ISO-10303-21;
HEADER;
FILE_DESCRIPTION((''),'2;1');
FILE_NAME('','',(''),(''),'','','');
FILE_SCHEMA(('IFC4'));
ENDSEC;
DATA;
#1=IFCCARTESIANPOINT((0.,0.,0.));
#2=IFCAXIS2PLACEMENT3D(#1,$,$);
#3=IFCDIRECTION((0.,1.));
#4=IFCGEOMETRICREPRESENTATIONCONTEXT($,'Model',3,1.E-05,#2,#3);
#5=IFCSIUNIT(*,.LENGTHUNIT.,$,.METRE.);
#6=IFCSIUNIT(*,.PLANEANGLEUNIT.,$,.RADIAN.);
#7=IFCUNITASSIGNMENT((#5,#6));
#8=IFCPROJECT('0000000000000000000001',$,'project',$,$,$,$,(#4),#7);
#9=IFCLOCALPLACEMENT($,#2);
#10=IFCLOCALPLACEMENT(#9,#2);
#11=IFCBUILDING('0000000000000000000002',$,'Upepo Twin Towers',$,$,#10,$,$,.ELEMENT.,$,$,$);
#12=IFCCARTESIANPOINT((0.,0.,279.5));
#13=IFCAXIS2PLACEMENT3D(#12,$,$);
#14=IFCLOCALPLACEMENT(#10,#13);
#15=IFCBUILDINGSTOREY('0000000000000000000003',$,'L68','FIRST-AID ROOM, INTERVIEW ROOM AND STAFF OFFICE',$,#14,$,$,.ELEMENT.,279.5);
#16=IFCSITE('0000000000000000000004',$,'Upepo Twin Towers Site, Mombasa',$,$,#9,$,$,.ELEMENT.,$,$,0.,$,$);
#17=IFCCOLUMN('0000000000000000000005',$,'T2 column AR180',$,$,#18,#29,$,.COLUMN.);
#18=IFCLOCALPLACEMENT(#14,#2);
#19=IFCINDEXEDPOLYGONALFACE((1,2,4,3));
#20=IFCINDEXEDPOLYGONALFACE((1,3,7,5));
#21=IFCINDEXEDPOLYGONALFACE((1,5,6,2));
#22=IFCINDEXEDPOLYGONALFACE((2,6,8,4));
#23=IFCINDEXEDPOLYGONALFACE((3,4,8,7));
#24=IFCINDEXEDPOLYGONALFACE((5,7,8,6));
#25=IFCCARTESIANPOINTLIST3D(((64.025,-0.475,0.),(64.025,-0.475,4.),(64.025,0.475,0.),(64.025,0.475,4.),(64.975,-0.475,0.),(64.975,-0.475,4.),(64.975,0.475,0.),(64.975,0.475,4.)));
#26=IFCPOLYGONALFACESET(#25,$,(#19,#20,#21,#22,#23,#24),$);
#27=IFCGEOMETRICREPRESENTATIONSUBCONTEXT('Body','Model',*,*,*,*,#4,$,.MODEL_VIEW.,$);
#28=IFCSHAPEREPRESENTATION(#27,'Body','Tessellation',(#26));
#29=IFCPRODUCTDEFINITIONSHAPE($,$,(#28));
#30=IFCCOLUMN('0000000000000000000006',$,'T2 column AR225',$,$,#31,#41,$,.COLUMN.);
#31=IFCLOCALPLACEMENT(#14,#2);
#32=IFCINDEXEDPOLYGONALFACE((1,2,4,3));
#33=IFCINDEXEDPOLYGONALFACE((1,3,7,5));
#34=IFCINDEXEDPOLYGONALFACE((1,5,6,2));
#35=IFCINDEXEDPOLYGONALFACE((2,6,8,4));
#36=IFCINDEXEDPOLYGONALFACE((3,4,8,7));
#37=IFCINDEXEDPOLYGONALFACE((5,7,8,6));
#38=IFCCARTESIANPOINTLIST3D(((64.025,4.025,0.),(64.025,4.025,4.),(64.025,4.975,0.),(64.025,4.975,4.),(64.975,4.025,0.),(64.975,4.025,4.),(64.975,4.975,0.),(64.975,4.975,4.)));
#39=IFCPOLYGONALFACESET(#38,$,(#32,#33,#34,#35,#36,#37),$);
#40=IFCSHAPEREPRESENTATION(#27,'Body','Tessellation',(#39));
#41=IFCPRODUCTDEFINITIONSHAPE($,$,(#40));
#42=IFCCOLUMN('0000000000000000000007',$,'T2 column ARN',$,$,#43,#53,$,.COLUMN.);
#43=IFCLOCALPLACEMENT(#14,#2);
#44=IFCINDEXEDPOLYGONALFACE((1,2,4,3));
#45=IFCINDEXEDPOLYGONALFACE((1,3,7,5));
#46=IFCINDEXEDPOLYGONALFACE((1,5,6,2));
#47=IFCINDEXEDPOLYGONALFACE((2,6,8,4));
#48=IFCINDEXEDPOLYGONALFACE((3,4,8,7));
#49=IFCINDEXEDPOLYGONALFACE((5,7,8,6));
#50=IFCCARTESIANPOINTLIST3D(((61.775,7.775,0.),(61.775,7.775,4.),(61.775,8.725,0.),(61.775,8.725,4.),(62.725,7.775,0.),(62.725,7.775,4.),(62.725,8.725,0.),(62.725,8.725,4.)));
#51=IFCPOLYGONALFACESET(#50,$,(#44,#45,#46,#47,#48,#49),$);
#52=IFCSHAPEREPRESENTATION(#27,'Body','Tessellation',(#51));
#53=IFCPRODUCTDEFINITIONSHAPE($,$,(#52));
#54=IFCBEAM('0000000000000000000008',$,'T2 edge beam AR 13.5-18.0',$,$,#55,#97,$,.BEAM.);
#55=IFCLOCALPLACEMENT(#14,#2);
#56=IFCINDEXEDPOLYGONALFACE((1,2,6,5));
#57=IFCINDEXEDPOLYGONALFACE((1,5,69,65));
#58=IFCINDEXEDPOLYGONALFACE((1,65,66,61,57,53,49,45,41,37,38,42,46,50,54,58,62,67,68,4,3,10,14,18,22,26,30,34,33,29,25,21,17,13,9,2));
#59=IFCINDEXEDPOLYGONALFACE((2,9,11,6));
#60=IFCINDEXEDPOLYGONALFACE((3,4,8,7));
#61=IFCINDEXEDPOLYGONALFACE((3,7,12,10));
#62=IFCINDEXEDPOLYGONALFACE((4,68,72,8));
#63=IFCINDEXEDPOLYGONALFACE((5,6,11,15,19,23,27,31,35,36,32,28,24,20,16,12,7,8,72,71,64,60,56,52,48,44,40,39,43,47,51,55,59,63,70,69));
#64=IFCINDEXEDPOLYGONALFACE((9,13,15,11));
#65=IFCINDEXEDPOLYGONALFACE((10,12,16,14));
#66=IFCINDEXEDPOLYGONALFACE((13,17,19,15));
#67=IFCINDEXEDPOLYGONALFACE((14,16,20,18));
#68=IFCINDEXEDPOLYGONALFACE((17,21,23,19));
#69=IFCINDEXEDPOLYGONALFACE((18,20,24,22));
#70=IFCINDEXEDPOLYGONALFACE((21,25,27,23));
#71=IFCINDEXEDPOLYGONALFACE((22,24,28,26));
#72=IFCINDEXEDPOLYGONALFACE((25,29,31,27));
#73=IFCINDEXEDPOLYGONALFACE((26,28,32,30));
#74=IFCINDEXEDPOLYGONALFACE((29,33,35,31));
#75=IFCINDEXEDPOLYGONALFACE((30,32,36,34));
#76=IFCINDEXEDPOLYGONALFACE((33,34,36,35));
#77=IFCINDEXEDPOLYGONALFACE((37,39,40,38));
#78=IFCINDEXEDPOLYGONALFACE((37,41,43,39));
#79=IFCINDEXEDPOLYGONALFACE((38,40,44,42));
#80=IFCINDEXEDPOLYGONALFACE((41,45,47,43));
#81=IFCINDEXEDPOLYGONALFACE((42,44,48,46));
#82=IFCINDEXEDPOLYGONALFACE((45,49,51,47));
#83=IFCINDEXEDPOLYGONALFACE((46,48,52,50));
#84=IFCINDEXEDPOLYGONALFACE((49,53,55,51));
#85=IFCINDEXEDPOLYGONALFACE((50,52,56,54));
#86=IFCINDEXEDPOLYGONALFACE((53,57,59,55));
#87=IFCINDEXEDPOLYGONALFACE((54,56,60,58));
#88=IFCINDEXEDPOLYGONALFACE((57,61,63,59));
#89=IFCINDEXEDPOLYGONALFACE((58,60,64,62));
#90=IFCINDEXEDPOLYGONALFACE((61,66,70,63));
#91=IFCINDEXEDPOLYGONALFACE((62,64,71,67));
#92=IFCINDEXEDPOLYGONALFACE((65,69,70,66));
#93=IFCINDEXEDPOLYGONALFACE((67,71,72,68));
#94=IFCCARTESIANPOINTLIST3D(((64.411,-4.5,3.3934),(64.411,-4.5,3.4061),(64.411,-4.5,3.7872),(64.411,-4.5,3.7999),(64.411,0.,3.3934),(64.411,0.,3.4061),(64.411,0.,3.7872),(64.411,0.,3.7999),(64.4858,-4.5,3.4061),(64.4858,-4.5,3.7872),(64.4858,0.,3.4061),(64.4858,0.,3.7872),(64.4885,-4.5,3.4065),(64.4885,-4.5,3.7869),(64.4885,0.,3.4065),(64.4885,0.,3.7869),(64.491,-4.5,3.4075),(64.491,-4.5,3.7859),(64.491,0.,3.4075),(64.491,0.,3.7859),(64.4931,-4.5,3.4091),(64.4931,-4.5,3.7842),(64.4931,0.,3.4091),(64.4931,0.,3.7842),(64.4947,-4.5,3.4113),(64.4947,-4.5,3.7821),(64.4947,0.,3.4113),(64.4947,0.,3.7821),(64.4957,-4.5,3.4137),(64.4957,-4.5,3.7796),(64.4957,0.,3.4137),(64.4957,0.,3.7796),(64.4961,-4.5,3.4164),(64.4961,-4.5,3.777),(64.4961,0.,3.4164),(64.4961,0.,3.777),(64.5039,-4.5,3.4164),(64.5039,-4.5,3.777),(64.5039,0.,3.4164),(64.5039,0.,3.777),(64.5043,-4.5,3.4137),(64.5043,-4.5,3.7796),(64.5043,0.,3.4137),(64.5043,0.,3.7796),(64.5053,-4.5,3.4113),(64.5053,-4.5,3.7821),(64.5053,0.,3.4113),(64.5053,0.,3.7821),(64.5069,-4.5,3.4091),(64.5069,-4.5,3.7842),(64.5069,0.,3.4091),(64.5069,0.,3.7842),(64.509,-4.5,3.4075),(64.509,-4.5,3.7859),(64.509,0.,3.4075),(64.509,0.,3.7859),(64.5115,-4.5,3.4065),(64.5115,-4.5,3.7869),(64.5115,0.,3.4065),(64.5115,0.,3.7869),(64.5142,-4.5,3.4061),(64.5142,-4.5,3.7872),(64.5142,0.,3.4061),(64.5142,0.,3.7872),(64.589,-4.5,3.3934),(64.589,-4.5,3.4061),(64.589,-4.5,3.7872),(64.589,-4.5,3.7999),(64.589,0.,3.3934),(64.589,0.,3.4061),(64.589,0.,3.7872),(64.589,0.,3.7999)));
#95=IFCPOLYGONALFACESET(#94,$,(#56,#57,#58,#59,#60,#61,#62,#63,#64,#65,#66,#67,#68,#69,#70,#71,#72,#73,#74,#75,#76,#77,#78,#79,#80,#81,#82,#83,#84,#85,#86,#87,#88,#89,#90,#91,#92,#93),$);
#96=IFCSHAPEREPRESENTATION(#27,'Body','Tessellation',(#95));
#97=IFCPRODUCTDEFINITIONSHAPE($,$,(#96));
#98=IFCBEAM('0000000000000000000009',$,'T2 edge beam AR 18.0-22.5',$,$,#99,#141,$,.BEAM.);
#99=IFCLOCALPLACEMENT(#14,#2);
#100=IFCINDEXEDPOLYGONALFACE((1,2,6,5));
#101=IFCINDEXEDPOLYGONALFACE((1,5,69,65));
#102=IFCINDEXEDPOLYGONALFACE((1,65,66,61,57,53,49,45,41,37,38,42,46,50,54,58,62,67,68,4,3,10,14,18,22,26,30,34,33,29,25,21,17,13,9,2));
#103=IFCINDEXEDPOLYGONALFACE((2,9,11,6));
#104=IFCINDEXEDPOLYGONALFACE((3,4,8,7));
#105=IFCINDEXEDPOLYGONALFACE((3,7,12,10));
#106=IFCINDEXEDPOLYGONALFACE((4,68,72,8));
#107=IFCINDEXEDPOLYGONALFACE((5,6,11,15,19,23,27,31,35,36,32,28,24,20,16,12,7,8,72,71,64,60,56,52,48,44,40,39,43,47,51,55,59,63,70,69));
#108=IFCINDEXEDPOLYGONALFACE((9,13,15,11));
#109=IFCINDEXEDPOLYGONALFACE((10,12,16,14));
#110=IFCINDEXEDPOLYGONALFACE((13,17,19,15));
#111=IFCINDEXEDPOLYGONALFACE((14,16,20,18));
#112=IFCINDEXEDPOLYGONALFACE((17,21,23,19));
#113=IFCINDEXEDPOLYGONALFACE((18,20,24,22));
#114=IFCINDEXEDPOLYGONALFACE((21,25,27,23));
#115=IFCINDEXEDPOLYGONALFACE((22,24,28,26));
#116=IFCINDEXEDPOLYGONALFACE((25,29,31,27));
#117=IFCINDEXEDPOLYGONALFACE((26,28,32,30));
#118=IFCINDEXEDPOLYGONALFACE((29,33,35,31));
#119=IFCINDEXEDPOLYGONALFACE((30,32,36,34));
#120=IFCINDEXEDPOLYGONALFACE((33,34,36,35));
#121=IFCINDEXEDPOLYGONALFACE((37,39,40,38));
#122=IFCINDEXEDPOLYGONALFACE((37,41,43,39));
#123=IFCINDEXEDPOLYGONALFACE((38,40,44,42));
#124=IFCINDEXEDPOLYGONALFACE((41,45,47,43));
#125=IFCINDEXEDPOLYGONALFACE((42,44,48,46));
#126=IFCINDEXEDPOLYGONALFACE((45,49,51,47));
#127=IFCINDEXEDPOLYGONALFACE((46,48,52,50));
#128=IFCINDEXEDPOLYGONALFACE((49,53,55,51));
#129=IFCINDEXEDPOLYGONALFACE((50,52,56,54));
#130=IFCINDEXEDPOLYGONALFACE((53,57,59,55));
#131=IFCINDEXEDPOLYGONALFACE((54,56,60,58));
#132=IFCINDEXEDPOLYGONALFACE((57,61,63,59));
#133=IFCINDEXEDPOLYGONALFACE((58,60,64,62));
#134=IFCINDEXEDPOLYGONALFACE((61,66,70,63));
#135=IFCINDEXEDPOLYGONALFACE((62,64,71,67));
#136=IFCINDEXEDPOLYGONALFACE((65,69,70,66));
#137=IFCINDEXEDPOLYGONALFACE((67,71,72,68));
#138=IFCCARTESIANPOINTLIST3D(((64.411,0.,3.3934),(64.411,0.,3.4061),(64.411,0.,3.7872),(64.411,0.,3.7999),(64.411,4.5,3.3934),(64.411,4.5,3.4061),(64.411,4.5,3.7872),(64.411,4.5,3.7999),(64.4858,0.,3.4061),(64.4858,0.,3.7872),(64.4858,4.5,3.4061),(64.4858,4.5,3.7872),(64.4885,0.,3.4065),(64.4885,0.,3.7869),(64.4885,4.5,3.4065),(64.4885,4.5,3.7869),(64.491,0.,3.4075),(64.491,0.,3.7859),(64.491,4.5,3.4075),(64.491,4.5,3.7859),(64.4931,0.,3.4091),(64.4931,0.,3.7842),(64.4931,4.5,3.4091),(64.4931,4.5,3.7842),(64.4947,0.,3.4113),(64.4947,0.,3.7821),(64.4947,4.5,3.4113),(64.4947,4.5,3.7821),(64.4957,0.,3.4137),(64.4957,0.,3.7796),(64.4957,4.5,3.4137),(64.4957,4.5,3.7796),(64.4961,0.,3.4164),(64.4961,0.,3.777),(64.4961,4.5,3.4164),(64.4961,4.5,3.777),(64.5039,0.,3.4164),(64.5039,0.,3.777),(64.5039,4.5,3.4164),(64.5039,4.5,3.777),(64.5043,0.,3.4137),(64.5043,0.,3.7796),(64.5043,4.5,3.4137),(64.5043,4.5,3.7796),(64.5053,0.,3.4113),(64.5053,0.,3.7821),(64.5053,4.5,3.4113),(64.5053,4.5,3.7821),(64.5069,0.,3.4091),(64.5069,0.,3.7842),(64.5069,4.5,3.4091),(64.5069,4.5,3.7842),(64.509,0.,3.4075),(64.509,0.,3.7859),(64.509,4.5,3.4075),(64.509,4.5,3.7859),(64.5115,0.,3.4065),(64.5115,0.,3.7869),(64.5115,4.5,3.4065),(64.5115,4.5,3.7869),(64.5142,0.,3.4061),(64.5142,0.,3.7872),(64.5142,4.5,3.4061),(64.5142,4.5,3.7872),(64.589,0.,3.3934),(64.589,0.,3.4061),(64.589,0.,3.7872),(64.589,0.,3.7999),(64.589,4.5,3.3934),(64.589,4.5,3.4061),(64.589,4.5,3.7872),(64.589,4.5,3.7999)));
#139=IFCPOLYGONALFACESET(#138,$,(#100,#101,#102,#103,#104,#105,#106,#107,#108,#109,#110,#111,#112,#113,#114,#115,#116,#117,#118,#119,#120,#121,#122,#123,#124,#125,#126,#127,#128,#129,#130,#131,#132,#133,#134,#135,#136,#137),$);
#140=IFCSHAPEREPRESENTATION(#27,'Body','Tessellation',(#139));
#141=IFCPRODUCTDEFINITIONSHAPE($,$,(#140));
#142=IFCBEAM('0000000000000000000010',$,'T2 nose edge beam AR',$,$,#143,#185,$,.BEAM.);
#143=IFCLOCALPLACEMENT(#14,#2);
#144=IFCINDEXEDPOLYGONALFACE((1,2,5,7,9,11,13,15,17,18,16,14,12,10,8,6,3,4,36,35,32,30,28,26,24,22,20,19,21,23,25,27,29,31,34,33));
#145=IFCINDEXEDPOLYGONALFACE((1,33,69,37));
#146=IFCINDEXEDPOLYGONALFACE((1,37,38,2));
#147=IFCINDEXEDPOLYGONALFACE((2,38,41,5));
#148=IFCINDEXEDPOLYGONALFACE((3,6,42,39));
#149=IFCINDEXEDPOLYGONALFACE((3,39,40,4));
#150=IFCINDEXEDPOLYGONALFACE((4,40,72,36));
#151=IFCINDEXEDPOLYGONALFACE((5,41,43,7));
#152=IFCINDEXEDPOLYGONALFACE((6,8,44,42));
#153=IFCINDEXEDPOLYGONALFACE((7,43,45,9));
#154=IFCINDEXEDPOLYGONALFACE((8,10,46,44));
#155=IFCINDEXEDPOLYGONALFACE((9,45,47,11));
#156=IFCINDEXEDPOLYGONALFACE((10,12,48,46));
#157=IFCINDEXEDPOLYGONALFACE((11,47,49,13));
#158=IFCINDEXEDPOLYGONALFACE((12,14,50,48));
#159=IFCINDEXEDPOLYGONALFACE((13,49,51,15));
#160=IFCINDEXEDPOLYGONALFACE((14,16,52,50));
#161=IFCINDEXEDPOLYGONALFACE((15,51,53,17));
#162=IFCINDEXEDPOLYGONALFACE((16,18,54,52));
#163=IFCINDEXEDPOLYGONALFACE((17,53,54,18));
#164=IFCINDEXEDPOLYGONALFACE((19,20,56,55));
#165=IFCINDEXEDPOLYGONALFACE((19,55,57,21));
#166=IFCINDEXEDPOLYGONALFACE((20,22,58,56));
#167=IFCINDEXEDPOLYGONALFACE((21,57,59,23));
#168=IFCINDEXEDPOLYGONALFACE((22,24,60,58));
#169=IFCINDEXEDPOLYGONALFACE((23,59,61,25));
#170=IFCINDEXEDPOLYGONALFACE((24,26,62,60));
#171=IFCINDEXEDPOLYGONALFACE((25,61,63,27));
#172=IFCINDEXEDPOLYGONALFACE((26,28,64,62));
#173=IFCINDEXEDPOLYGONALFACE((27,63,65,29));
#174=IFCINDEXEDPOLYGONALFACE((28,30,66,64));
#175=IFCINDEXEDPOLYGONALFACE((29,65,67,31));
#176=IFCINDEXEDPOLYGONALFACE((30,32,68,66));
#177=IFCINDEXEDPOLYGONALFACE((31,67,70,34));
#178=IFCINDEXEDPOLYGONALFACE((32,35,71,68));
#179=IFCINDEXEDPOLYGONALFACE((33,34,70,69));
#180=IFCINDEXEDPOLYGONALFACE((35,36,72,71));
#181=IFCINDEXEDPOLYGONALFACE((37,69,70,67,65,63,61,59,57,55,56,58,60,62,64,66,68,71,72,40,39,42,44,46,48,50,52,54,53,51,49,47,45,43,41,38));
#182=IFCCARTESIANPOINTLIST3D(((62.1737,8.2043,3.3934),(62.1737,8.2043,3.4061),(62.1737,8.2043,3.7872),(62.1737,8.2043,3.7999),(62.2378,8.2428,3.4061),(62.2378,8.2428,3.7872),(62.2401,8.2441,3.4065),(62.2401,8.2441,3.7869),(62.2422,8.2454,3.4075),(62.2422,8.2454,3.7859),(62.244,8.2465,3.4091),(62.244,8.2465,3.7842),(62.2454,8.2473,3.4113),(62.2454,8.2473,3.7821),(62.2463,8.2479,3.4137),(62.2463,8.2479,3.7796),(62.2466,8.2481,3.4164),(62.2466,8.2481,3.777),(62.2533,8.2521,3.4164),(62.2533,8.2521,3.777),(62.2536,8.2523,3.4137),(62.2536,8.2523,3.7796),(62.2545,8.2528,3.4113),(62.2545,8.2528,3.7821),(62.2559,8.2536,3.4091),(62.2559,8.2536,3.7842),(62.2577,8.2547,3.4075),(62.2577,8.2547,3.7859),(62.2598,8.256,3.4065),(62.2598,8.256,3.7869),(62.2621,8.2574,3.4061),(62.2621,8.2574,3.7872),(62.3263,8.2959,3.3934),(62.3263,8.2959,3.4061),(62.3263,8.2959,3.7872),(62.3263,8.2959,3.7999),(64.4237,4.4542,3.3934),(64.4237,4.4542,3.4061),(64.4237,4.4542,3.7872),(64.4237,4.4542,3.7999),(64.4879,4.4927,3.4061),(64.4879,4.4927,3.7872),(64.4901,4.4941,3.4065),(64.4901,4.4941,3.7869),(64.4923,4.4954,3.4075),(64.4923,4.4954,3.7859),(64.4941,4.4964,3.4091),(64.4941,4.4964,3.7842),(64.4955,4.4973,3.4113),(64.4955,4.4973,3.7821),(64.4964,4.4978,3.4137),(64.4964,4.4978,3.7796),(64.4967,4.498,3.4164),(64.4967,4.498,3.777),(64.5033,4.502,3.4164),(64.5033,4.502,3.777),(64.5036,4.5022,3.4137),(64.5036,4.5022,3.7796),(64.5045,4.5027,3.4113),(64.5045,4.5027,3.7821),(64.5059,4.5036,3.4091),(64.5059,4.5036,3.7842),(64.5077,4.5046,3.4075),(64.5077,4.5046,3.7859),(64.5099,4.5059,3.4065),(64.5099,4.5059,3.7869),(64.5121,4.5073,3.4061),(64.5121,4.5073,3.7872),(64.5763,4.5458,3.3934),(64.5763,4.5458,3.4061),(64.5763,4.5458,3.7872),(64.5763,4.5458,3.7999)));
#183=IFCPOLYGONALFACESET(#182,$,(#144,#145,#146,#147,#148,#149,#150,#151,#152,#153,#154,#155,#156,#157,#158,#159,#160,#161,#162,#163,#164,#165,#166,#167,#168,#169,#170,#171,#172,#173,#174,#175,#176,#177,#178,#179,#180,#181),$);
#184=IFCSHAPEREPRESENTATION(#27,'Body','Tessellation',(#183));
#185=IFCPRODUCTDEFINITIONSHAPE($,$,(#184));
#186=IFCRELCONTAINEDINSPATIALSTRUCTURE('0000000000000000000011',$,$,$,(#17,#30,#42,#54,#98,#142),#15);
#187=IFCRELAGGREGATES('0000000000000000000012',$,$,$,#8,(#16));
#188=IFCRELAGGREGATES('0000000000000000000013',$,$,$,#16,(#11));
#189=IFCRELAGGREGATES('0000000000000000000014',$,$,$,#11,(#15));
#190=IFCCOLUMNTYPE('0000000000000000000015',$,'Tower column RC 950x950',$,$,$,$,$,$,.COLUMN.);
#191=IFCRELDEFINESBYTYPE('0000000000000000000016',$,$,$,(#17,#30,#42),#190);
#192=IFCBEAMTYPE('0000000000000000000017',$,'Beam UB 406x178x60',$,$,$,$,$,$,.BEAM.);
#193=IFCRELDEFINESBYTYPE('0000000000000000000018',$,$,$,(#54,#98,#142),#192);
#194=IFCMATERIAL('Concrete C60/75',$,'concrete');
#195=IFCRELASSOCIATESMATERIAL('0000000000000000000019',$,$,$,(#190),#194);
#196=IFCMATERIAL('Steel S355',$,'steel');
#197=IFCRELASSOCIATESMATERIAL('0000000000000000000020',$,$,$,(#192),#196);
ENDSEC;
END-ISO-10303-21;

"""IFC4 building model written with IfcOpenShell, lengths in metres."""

from ifc_helpers import new_model, si_unit, direction, frame, origin, origin_2d, place, context, subcontext, project, spatial, rectangle, i_section, extrude, material, material_profile, profile_set, type_object, element, save


model = new_model("IFC4")

# Units and contexts
model_context = context("Model", 3, precision=1e-05, world=origin(), true_north=direction((0.0, 1.0)))
body_context = subcontext(model_context, "Body", "Model", "MODEL_VIEW")
ifc_project = project(units=[si_unit("LENGTHUNIT", "METRE"), si_unit("PLANEANGLEUNIT", "RADIAN")], contexts=[model_context])

# Site, building, storey
site_placement = place(None, origin())
site = spatial("IfcSite", under=ifc_project, at=site_placement, Name="Upepo Twin Towers Site, Mombasa", CompositionType="ELEMENT", RefElevation=0.0)
building_placement = place(site_placement, origin())
building = spatial("IfcBuilding", under=site, at=building_placement, Name="Upepo Twin Towers", CompositionType="ELEMENT")
storey_placement = place(building_placement, frame((0.0, 0.0, 279.5)))
storey = spatial("IfcBuildingStorey", under=building, at=storey_placement, Name="L68", Description="FIRST-AID ROOM, INTERVIEW ROOM AND STAFF OFFICE", CompositionType="ELEMENT", Elevation=279.5)

# Columns
ifc_material_1 = material(Name="Concrete C60/75", Category="concrete")
ifc_material_profile_1 = material_profile(ifc_material_1, rectangle(XDim=0.95, YDim=0.95, at=origin_2d()), Name="RC 950x950")
ifc_profile_set_1 = profile_set([ifc_material_profile_1], Name="Concrete C60/75")
column_type = type_object("IfcColumnType", Name="Tower column RC 950x950", PredefinedType="COLUMN", material=ifc_profile_set_1)
for number, where, z_axis, x_axis, name in (
    (1, (64.5, 0.0, 0.0), (0.0, 0.0, 1.0), (1.0, 0.0, 0.0), "T2 column AR180"),
    (2, (64.5, 4.5, 0.0), (0.0, 0.0, 1.0), (1.0, 0.0, 0.0), "T2 column AR225"),
    (3, (62.25, 8.25, 0.0), (0.0, 0.0, 1.0), (1.0, 0.0, 0.0), "T2 column ARN"),
):
    element("IfcColumn", number, at=place(storey_placement, frame(where, z_axis=z_axis, x_axis=x_axis)), inside=storey, type_object=column_type, Name=name, PredefinedType="COLUMN", context=body_context, shape_type="SweptSolid", body=[
        extrude(rectangle(XDim=0.95, YDim=0.95, at=origin_2d()), origin(), (0.0, 0.0, 1.0), 4.0),
    ])

# Beams
ifc_material_2 = material(Name="Steel S355", Category="steel")
ifc_material_profile_2 = material_profile(ifc_material_2, i_section(OverallWidth=0.178, OverallDepth=0.4065, WebThickness=0.0078, FlangeThickness=0.0127, FilletRadius=0.0103, at=origin_2d()), Name="UB 406x178x60")
ifc_profile_set_2 = profile_set([ifc_material_profile_2], Name="Steel S355")
beam_type_1 = type_object("IfcBeamType", Name="Beam UB 406x178x60", PredefinedType="BEAM", material=ifc_profile_set_2)
for number, where, z_axis, x_axis, name in (
    (4, (64.5, -4.5, 3.5967), (0.0, 1.0, 0.0), (-1.0, 0.0, 0.0), "T2 edge beam AR 13.5-18.0"),
    (5, (64.5, 0.0, 3.5967), (0.0, 1.0, 0.0), (-1.0, 0.0, 0.0), "T2 edge beam AR 18.0-22.5"),
):
    element("IfcBeam", number, at=place(storey_placement, frame(where, z_axis=z_axis, x_axis=x_axis)), inside=storey, type_object=beam_type_1, Name=name, PredefinedType="BEAM", context=body_context, shape_type="SweptSolid", body=[
        extrude(i_section(OverallWidth=0.178, OverallDepth=0.4065, WebThickness=0.0078, FlangeThickness=0.0127, FilletRadius=0.0103, at=origin_2d()), origin(), (0.0, 0.0, 1.0), 4.5),
    ])
beam_1_placement = place(storey_placement, frame((64.5, 4.5, 3.5967), z_axis=(-0.514496, 0.857493, 0.0), x_axis=(-0.857493, -0.514496, 0.0)))
element("IfcBeam", 6, at=beam_1_placement, inside=storey, type_object=beam_type_1, Name="T2 nose edge beam AR", PredefinedType="BEAM", context=body_context, shape_type="SweptSolid", body=[
    extrude(i_section(OverallWidth=0.178, OverallDepth=0.4065, WebThickness=0.0078, FlangeThickness=0.0127, FilletRadius=0.0103, at=origin_2d()), origin(), (0.0, 0.0, 1.0), 4.3733),
])

save(model, "model.ifc")
